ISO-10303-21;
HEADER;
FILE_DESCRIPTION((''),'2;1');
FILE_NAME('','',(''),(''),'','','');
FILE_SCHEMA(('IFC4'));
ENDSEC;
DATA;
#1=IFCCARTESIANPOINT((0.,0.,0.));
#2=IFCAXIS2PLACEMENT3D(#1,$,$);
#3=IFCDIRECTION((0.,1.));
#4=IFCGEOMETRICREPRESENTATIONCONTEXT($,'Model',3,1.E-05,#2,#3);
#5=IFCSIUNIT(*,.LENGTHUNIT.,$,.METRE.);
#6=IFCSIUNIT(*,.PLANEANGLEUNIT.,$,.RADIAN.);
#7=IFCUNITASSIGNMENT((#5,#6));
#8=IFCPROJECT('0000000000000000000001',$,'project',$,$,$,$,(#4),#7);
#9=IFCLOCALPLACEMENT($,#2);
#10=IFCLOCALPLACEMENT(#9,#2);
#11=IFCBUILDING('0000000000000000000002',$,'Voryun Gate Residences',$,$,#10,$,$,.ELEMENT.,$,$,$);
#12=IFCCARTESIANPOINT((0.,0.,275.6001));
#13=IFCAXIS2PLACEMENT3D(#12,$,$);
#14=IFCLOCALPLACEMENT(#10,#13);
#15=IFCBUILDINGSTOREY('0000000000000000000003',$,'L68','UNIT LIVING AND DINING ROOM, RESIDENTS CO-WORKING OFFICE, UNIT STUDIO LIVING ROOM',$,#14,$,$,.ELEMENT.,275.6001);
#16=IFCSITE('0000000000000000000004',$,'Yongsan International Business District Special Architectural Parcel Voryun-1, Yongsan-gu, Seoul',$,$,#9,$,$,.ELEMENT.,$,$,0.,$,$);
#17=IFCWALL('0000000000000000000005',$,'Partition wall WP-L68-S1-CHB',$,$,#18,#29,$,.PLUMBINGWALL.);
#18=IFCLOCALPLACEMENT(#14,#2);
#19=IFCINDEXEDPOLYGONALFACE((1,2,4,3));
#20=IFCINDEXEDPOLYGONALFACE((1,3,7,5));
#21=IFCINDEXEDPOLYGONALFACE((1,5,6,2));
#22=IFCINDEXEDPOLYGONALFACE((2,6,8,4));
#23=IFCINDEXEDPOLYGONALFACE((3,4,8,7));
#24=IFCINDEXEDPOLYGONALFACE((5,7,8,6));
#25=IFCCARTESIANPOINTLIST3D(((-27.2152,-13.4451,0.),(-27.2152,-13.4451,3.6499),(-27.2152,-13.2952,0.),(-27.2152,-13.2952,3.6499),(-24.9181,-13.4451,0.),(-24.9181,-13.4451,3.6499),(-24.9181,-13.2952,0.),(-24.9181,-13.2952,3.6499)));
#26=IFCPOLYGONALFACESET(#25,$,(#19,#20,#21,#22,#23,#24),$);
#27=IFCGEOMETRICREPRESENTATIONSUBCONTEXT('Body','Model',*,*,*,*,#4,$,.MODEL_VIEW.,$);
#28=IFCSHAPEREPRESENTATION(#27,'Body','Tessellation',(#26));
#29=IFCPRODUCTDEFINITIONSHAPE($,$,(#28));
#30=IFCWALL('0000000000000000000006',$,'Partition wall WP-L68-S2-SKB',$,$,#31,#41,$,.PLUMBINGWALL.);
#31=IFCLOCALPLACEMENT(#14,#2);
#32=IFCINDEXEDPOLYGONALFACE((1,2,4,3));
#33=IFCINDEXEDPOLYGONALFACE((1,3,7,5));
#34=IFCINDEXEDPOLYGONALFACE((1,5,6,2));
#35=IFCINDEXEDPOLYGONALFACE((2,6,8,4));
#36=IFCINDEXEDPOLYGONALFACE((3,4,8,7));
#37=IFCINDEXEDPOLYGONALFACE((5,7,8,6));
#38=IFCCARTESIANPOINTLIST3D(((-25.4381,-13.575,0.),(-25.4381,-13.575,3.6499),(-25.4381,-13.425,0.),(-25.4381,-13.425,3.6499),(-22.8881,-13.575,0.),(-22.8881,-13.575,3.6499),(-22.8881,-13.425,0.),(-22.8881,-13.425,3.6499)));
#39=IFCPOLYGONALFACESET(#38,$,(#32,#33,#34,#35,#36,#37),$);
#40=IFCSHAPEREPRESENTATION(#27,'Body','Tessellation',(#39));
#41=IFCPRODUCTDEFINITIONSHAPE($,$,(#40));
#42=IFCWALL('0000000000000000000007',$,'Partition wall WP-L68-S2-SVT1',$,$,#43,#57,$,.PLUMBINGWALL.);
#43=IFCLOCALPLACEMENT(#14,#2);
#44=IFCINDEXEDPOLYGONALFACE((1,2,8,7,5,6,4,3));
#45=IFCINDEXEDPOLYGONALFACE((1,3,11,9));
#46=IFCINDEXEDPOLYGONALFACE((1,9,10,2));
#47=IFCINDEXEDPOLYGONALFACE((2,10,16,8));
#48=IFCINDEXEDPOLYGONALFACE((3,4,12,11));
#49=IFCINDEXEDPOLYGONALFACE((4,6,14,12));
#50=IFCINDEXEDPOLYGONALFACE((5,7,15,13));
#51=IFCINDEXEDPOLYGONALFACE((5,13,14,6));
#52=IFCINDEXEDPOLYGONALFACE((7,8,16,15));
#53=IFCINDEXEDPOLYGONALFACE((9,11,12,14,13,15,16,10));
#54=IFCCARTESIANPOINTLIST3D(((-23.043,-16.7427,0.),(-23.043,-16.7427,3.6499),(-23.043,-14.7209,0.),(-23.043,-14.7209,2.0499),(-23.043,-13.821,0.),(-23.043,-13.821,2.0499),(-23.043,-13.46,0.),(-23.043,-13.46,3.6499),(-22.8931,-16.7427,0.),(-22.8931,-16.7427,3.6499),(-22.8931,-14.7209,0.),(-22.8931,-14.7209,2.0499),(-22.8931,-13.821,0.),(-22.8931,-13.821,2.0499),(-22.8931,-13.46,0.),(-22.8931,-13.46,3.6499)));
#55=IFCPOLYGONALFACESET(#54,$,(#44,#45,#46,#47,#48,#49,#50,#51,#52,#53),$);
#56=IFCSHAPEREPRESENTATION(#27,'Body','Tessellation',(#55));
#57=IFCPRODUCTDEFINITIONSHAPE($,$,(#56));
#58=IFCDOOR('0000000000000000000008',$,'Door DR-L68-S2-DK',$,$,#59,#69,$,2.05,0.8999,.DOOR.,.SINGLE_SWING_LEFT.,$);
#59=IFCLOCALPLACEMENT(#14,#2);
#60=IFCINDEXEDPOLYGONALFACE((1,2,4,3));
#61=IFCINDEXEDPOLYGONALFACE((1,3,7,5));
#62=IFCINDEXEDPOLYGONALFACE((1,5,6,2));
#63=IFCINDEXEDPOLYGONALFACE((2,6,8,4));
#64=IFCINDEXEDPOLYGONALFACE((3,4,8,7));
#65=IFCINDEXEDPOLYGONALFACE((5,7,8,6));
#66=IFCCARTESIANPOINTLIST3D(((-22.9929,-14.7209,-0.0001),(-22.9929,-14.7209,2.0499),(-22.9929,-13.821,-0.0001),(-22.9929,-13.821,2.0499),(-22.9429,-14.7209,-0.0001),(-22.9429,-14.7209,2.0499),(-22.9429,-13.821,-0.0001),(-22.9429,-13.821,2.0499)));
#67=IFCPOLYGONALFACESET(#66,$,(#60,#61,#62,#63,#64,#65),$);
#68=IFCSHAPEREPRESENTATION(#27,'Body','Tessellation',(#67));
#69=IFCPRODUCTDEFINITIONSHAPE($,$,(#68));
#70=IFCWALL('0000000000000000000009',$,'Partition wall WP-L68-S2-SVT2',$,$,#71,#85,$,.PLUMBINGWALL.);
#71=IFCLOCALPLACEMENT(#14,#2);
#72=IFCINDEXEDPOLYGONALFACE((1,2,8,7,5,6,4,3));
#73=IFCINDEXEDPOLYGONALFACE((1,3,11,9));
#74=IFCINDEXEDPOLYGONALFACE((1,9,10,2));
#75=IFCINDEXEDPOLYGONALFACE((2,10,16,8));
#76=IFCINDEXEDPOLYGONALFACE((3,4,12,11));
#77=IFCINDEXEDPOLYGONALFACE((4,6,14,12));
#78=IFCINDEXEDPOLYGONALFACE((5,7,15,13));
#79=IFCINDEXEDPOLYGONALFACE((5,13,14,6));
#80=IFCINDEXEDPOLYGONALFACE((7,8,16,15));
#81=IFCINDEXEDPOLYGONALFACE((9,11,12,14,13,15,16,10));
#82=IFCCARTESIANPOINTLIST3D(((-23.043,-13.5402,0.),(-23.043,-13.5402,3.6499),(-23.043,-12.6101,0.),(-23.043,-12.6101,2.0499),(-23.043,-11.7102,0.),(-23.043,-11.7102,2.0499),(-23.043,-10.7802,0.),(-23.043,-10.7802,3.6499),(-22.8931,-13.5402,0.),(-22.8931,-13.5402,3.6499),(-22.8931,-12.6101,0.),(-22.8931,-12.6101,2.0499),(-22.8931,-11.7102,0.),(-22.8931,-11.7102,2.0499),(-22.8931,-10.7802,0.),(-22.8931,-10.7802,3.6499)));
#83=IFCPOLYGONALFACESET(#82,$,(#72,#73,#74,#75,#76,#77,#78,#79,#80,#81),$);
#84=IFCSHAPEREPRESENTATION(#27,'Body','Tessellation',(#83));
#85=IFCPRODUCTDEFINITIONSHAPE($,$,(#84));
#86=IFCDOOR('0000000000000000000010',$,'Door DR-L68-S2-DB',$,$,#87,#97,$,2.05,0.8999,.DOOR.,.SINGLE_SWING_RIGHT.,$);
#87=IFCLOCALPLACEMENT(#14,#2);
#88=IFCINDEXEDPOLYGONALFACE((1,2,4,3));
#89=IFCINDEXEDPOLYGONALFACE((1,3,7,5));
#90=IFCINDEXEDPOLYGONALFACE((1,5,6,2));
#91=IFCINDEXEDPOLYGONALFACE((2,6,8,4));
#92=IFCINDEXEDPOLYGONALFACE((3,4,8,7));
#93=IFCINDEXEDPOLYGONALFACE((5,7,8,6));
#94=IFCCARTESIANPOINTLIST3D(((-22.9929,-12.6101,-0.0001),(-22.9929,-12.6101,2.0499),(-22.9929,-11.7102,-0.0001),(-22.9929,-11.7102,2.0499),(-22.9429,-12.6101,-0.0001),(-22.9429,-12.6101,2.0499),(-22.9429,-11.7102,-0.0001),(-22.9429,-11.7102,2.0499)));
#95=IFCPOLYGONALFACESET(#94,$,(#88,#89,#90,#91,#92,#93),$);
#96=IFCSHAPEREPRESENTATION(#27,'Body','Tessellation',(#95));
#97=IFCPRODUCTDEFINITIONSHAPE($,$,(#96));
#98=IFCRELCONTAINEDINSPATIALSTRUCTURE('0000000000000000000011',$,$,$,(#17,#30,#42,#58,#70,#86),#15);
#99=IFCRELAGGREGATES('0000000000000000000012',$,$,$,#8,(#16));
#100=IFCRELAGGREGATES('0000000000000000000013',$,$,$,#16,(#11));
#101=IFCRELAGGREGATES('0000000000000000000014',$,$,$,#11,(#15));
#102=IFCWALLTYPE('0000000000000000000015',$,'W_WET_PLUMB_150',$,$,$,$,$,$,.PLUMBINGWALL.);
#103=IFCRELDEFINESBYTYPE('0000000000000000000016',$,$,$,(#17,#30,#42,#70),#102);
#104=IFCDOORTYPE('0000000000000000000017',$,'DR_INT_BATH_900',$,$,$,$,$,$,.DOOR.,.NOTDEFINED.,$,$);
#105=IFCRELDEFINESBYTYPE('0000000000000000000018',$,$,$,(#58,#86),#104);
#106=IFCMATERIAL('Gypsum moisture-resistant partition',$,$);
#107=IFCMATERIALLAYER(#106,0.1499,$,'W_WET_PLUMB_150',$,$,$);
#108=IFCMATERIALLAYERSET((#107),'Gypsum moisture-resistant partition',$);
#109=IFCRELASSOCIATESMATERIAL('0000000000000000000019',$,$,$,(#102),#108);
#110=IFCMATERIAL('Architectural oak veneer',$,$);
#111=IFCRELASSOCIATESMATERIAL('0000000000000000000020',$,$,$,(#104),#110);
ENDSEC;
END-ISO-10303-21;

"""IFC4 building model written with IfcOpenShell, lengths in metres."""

from ifc_helpers import new_model, si_unit, direction, frame, frame_2d, origin, place, context, subcontext, project, spatial, rectangle, extrude, material, layer, layer_set, type_object, element, fill, save


model = new_model("IFC4")

# Units and contexts
model_context = context("Model", 3, precision=1e-05, world=origin(), true_north=direction((0.0, 1.0)))
body_context = subcontext(model_context, "Body", "Model", "MODEL_VIEW")
ifc_project = project(units=[si_unit("LENGTHUNIT", "METRE"), si_unit("PLANEANGLEUNIT", "RADIAN")], contexts=[model_context])

# Site, building, storey
site_placement = place(None, origin())
site = spatial("IfcSite", under=ifc_project, at=site_placement, Name="Yongsan International Business District Special Architectural Parcel Voryun-1, Yongsan-gu, Seoul", CompositionType="ELEMENT", RefElevation=0.0)
building_placement = place(site_placement, origin())
building = spatial("IfcBuilding", under=site, at=building_placement, Name="Voryun Gate Residences", CompositionType="ELEMENT")
storey_placement = place(building_placement, frame((0.0, 0.0, 275.6001)))
storey = spatial("IfcBuildingStorey", under=building, at=storey_placement, Name="L68", Description="UNIT LIVING AND DINING ROOM, RESIDENTS CO-WORKING OFFICE, UNIT STUDIO LIVING ROOM", CompositionType="ELEMENT", Elevation=275.6001)

# Shared definitions
ifc_material_1 = material(Name="Gypsum moisture-resistant partition")
ifc_layer_1 = layer(ifc_material_1, 0.1499, Name="W_WET_PLUMB_150")
ifc_layer_set_1 = layer_set([ifc_layer_1], Name="Gypsum moisture-resistant partition")
wall_type_1 = type_object("IfcWallType", Name="W_WET_PLUMB_150", PredefinedType="PLUMBINGWALL", material=ifc_layer_set_1)
ifc_material_2 = material(Name="Architectural oak veneer")
door_type = type_object("IfcDoorType", Name="DR_INT_BATH_900", OperationType="NOTDEFINED", PredefinedType="DOOR", material=ifc_material_2)

# Walls
wall_1_placement = place(storey_placement, frame((-27.2151, -13.3701, 0.0), z_axis=(0.0, 0.0, 1.0), x_axis=(1.0, 0.0, 0.0)))
element("IfcWall", 1, at=wall_1_placement, inside=storey, type_object=wall_type_1, Name="Partition wall WP-L68-S1-CHB", PredefinedType="PLUMBINGWALL", context=body_context, shape_type="SweptSolid", body=[
    extrude(rectangle(XDim=2.2971, YDim=0.1499, at=frame_2d((1.1484, 0.0))), origin(), (0.0, 0.0, 1.0), 3.6499),
])
wall_2_placement = place(storey_placement, frame((-25.438, -13.5, 0.0), z_axis=(0.0, 0.0, 1.0), x_axis=(1.0, 0.0, 0.0)))
element("IfcWall", 2, at=wall_2_placement, inside=storey, type_object=wall_type_1, Name="Partition wall WP-L68-S2-SKB", PredefinedType="PLUMBINGWALL", context=body_context, shape_type="SweptSolid", body=[
    extrude(rectangle(XDim=2.55, YDim=0.1499, at=frame_2d((1.2749, 0.0))), origin(), (0.0, 0.0, 1.0), 3.6499),
])

# Walls, openings, doors
wall_3_placement = place(storey_placement, frame((-22.968, -16.7427, 0.0), z_axis=(0.0, 0.0, 1.0), x_axis=(0.0, 1.0, 0.0)))
wall_3 = element("IfcWall", 3, at=wall_3_placement, inside=storey, type_object=wall_type_1, Name="Partition wall WP-L68-S2-SVT1", PredefinedType="PLUMBINGWALL", context=body_context, shape_type="SweptSolid", body=[
    extrude(rectangle(XDim=3.2827, YDim=0.1499, at=frame_2d((1.6414, 0.0))), origin(), (0.0, 0.0, 1.0), 3.6499),
])
opening_1_placement = place(wall_3_placement, frame((2.0217, 0.0, 0.0)))
opening_1 = element("IfcOpeningElement", 4, at=opening_1_placement, cuts=wall_3, PredefinedType="OPENING", context=body_context, shape_type="SweptSolid", body=[
    extrude(rectangle(XDim=0.8999, YDim=2.05, at=frame_2d((0.45, 1.0249))), frame((0.0, 0.085, 0.0), z_axis=(0.0, -1.0, 0.0), x_axis=(1.0, 0.0, 0.0)), (0.0, 0.0, 1.0), 0.1699),
])
door_1_placement = place(opening_1_placement, origin())
door_1 = element("IfcDoor", 5, at=door_1_placement, inside=storey, type_object=door_type, Name="Door DR-L68-S2-DK", OperationType="SINGLE_SWING_LEFT", OverallHeight=2.05, OverallWidth=0.8999, PredefinedType="DOOR", context=body_context, shape_type="SweptSolid", body=[
    extrude(rectangle(XDim=0.8999, YDim=2.05, at=frame_2d((0.45, 1.0249))), frame((0.0, 0.0249, 0.0), z_axis=(0.0, -1.0, 0.0), x_axis=(1.0, 0.0, 0.0)), (0.0, 0.0, 1.0), 0.05),
])
fill(opening_1, door_1)
wall_4_placement = place(storey_placement, frame((-22.968, -13.54, 0.0), z_axis=(0.0, 0.0, 1.0), x_axis=(0.0, 1.0, 0.0)))
wall_4 = element("IfcWall", 6, at=wall_4_placement, inside=storey, type_object=wall_type_1, Name="Partition wall WP-L68-S2-SVT2", PredefinedType="PLUMBINGWALL", context=body_context, shape_type="SweptSolid", body=[
    extrude(rectangle(XDim=2.76, YDim=0.1499, at=frame_2d((1.3799, 0.0))), origin(), (0.0, 0.0, 1.0), 3.6499),
])
opening_2_placement = place(wall_4_placement, frame((0.9299, 0.0, 0.0)))
opening_2 = element("IfcOpeningElement", 7, at=opening_2_placement, cuts=wall_4, PredefinedType="OPENING", context=body_context, shape_type="SweptSolid", body=[
    extrude(rectangle(XDim=0.8999, YDim=2.05, at=frame_2d((0.45, 1.0249))), frame((0.0, 0.085, 0.0), z_axis=(0.0, -1.0, 0.0), x_axis=(1.0, 0.0, 0.0)), (0.0, 0.0, 1.0), 0.1699),
])
door_2_placement = place(opening_2_placement, origin())
door_2 = element("IfcDoor", 8, at=door_2_placement, inside=storey, type_object=door_type, Name="Door DR-L68-S2-DB", OperationType="SINGLE_SWING_RIGHT", OverallHeight=2.05, OverallWidth=0.8999, PredefinedType="DOOR", context=body_context, shape_type="SweptSolid", body=[
    extrude(rectangle(XDim=0.8999, YDim=2.05, at=frame_2d((0.45, 1.0249))), frame((0.0, 0.0249, 0.0), z_axis=(0.0, -1.0, 0.0), x_axis=(1.0, 0.0, 0.0)), (0.0, 0.0, 1.0), 0.05),
])
fill(opening_2, door_2)

save(model, "model.ifc")
